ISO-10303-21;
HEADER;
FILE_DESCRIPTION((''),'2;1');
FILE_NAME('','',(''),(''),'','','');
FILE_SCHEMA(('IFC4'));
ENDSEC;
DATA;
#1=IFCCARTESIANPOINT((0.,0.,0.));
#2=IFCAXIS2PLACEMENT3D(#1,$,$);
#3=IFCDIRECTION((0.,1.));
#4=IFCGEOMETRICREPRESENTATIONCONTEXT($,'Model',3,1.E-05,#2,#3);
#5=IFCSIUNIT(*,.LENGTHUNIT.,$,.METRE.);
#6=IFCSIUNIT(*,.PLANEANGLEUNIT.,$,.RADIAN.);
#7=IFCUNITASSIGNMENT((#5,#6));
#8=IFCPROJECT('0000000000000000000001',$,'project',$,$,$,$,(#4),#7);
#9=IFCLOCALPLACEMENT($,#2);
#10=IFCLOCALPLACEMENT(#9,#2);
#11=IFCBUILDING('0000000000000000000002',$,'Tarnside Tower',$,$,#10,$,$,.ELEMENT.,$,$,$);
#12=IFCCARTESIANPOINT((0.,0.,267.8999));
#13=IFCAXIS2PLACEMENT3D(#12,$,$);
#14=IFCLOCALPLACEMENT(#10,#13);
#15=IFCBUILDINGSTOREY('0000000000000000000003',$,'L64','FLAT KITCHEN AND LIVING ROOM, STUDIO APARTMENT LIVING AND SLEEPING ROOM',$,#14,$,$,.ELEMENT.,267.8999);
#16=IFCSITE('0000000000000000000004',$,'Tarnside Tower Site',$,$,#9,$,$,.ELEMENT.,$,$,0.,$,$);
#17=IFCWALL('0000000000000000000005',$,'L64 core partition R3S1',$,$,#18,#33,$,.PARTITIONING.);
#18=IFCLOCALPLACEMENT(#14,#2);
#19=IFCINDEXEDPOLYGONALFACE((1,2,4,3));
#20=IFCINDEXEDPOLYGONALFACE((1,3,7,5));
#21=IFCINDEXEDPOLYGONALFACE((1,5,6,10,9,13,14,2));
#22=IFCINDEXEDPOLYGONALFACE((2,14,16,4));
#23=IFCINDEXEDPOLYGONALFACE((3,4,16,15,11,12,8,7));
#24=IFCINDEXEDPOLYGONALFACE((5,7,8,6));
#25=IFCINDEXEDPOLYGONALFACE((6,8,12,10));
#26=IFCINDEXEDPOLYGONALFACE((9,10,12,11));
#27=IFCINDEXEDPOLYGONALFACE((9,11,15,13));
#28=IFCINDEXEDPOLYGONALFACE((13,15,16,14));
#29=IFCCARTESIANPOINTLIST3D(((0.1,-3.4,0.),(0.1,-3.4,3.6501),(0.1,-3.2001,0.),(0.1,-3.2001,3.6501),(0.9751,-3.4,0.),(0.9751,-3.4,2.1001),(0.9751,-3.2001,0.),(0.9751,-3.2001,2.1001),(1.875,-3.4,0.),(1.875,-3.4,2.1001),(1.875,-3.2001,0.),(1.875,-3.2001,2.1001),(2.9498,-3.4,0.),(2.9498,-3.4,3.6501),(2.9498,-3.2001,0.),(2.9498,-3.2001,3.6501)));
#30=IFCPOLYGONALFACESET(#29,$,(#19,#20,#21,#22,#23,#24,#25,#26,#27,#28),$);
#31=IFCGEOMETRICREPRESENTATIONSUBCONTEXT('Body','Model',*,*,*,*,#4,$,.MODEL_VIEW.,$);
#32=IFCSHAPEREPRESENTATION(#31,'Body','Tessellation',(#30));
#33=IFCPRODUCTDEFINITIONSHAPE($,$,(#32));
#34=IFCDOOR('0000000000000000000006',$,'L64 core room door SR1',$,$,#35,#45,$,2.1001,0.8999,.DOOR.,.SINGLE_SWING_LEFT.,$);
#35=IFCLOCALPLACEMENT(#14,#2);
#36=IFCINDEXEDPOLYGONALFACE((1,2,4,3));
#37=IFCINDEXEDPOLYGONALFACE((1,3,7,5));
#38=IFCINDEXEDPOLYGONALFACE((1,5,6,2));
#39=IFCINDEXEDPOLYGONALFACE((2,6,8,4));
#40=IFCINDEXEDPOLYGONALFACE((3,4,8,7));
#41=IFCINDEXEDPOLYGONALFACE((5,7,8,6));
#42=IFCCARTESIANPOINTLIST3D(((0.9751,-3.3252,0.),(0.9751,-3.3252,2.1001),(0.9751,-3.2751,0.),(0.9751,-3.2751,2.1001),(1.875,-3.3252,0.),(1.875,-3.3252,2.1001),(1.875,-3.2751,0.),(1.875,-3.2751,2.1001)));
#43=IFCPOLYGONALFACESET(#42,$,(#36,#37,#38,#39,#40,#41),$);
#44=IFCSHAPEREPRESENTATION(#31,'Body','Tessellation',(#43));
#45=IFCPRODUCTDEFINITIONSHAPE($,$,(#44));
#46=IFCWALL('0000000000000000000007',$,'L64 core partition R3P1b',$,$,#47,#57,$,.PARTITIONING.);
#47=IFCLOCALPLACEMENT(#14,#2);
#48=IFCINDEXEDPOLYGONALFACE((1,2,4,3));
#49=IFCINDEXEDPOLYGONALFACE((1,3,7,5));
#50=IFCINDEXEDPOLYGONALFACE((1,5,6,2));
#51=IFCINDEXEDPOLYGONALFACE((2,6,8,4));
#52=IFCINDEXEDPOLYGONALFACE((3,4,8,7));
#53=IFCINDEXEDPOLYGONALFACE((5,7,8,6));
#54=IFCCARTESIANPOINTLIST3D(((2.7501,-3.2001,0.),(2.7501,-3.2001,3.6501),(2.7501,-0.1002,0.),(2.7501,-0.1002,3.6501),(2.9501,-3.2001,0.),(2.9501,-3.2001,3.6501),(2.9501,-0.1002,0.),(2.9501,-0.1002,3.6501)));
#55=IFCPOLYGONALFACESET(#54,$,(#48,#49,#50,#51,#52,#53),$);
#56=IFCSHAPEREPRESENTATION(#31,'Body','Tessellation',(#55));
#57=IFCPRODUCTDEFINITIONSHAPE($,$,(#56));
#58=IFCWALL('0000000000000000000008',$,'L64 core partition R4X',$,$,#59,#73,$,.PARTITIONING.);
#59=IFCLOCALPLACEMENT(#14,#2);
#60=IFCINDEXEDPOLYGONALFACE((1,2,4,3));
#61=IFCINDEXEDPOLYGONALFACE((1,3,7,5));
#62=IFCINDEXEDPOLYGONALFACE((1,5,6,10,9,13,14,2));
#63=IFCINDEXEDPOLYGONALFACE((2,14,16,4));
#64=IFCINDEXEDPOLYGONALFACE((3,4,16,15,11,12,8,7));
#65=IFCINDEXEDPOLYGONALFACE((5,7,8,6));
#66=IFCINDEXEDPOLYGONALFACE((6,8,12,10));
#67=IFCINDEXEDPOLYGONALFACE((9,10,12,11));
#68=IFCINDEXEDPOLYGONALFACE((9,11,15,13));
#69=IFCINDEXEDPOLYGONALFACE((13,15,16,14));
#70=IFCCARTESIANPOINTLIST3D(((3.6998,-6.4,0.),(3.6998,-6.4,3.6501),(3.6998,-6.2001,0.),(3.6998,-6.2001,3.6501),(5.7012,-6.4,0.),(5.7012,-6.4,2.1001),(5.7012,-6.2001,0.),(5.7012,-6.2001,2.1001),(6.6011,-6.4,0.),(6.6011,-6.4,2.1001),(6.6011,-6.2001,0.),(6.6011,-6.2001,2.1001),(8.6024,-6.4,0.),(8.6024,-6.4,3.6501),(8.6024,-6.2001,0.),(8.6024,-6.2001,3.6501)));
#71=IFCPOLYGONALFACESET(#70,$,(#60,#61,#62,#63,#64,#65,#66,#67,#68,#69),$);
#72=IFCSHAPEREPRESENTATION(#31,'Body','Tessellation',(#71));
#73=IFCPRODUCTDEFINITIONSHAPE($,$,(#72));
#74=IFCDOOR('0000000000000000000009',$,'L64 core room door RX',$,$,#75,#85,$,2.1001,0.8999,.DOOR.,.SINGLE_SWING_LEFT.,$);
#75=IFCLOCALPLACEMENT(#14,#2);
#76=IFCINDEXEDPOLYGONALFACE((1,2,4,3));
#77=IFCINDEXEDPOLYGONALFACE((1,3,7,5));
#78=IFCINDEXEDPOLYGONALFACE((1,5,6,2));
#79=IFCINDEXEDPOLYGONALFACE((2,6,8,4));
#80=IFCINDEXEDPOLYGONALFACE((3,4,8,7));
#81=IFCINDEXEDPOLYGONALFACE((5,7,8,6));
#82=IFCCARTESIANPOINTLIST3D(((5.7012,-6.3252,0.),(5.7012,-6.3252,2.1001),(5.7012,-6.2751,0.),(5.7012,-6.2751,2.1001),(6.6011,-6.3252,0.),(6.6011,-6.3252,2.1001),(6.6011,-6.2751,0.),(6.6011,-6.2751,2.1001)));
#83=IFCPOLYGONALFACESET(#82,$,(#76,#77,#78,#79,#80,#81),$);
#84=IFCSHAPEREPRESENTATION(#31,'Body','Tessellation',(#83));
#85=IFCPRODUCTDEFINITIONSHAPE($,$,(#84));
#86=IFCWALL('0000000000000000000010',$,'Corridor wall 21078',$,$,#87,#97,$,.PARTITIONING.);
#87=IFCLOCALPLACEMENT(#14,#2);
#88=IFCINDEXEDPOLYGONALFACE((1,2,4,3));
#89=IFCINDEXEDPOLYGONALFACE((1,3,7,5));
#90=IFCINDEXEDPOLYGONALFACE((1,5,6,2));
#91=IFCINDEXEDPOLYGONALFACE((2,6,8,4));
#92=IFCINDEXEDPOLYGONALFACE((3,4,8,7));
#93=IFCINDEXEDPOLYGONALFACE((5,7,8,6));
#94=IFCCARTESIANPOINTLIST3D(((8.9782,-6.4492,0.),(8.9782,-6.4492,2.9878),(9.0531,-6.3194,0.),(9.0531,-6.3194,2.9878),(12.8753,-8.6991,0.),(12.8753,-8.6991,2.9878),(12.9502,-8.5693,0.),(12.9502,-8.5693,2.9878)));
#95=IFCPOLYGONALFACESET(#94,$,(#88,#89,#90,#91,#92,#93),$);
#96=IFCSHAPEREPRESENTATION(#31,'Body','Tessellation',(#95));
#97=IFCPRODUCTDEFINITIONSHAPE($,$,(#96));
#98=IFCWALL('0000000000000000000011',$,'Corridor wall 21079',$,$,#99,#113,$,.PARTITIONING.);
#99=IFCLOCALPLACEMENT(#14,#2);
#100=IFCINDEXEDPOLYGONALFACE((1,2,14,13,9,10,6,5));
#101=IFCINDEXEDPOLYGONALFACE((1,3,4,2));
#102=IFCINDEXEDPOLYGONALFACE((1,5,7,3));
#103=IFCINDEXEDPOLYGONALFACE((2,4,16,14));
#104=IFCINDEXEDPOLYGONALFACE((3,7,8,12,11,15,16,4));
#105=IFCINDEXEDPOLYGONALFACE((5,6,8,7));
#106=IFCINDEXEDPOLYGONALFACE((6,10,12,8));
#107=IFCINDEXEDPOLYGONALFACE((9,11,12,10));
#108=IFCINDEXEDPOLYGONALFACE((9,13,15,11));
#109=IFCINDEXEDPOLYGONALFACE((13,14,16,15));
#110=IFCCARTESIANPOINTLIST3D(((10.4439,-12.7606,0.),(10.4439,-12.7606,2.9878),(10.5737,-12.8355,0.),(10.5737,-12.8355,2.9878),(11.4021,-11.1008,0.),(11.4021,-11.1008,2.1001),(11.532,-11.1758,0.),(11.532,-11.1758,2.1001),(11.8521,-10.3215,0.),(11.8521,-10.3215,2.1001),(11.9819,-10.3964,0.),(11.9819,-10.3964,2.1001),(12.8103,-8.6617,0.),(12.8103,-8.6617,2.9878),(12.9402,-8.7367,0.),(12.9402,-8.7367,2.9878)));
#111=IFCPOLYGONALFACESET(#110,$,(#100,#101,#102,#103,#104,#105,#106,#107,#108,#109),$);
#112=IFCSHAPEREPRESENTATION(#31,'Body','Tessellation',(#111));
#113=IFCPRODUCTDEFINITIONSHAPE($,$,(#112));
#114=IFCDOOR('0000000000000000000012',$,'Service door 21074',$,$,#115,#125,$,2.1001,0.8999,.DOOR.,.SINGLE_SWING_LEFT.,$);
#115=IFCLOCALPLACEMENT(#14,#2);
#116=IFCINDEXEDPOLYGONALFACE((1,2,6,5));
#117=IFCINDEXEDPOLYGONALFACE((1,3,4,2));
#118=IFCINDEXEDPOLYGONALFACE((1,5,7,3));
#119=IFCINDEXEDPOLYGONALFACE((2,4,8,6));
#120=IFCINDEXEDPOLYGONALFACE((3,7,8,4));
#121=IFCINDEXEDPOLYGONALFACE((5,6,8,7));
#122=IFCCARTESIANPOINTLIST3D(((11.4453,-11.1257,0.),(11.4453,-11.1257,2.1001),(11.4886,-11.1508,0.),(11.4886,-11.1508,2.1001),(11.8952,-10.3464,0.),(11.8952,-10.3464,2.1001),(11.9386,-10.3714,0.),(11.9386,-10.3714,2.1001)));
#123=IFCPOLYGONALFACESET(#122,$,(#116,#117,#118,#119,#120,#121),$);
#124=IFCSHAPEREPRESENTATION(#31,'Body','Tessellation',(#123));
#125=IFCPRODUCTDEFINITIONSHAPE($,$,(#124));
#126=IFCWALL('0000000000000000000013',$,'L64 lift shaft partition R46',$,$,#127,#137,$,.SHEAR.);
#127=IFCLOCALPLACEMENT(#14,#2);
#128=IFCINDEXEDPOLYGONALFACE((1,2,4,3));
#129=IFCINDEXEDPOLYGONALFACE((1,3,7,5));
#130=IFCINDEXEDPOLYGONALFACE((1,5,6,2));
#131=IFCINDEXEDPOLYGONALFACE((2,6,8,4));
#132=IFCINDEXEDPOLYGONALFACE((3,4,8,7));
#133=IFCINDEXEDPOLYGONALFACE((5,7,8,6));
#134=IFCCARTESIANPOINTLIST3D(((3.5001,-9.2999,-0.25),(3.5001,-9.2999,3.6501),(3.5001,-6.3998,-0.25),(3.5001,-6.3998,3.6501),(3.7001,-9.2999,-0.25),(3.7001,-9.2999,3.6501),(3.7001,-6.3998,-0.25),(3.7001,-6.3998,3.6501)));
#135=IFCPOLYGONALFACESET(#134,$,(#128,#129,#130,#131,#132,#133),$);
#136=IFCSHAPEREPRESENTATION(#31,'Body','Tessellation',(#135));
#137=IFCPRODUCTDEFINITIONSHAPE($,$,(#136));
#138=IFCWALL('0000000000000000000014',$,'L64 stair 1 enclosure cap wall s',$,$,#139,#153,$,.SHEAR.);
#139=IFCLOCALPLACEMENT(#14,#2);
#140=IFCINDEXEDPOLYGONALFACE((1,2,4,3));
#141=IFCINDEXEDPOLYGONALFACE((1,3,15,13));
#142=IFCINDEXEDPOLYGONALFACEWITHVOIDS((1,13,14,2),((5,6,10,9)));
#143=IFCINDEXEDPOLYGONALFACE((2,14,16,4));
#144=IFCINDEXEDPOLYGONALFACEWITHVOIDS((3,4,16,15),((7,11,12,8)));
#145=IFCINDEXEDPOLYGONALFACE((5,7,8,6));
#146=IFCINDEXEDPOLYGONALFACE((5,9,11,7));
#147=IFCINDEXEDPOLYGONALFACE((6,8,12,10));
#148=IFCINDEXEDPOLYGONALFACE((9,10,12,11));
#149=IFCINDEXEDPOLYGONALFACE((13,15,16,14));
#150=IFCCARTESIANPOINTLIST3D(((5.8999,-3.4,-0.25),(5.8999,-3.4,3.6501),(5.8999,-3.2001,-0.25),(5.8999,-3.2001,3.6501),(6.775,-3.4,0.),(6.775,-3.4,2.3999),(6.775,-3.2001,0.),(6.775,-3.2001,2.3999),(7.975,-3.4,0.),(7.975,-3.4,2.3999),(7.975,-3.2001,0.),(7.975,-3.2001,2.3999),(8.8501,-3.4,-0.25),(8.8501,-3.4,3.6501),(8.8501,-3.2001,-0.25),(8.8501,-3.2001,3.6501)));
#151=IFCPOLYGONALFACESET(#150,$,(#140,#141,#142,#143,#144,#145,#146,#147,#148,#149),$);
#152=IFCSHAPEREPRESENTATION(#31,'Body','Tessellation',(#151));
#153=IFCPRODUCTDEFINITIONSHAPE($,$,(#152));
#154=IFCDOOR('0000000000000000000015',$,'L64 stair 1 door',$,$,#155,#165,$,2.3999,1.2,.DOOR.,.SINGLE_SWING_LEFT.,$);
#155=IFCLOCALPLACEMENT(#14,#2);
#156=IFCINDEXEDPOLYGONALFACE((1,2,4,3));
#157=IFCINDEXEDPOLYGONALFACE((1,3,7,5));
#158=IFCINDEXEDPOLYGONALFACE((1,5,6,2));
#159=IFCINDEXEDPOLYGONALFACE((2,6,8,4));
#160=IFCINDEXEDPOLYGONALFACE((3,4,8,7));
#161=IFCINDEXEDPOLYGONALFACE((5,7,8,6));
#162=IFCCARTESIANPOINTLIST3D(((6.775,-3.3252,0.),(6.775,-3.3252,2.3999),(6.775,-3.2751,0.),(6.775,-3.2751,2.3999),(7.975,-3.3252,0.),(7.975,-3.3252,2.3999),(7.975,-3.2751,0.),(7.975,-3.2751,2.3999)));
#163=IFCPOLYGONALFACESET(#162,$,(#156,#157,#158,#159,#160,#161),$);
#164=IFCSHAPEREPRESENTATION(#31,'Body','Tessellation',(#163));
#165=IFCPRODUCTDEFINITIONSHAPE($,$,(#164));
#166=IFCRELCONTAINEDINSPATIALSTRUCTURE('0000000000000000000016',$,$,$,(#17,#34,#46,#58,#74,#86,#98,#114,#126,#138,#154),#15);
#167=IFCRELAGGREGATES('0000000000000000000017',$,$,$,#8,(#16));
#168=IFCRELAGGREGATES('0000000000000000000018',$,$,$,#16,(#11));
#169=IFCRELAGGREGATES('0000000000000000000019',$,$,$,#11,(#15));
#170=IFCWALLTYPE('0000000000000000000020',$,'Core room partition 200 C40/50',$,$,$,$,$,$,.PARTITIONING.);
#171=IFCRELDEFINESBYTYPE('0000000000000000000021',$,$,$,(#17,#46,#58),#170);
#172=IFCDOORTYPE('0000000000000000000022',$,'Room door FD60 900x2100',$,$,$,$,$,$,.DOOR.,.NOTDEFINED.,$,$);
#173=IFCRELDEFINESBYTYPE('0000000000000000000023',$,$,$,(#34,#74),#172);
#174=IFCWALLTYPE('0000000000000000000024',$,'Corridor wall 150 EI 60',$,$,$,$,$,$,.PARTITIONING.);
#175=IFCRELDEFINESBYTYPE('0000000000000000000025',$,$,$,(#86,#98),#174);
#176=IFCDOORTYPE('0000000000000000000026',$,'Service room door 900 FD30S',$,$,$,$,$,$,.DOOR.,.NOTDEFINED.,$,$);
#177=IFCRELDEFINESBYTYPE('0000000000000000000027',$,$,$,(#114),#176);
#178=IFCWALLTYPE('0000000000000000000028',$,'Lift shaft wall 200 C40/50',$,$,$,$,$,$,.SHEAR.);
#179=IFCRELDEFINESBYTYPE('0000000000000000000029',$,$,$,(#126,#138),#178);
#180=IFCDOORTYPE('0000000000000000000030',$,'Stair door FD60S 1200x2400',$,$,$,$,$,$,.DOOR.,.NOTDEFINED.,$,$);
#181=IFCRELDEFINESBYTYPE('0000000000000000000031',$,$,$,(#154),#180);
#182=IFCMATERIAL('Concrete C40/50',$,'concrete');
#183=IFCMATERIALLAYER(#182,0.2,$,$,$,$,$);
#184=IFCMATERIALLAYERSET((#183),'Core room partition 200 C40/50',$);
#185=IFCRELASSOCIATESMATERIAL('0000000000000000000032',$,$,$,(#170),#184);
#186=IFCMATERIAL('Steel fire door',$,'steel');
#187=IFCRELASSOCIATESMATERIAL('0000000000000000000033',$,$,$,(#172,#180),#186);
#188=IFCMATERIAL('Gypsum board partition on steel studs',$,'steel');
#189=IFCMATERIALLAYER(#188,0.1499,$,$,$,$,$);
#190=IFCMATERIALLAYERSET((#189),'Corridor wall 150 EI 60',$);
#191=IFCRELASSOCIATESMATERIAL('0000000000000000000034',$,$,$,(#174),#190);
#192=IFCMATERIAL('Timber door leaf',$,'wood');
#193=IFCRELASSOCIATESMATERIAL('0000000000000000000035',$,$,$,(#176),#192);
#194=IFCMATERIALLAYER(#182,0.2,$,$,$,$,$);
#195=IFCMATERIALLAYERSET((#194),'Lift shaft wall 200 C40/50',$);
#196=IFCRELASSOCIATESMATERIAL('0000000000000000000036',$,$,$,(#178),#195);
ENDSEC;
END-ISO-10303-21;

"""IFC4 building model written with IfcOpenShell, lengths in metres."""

from ifc_helpers import new_model, si_unit, direction, frame, frame_2d, origin, place, context, subcontext, project, spatial, rectangle, extrude, material, layer, layer_set, type_object, element, fill, save


model = new_model("IFC4")

# Units and contexts
model_context = context("Model", 3, precision=1e-05, world=origin(), true_north=direction((0.0, 1.0)))
body_context = subcontext(model_context, "Body", "Model", "MODEL_VIEW")
ifc_project = project(units=[si_unit("LENGTHUNIT", "METRE"), si_unit("PLANEANGLEUNIT", "RADIAN")], contexts=[model_context])

# Site, building, storey
site_placement = place(None, origin())
site = spatial("IfcSite", under=ifc_project, at=site_placement, Name="Tarnside Tower Site", CompositionType="ELEMENT", RefElevation=0.0)
building_placement = place(site_placement, origin())
building = spatial("IfcBuilding", under=site, at=building_placement, Name="Tarnside Tower", CompositionType="ELEMENT")
storey_placement = place(building_placement, frame((0.0, 0.0, 267.8999)))
storey = spatial("IfcBuildingStorey", under=building, at=storey_placement, Name="L64", Description="FLAT KITCHEN AND LIVING ROOM, STUDIO APARTMENT LIVING AND SLEEPING ROOM", CompositionType="ELEMENT", Elevation=267.8999)

# Wall, opening, door
ifc_material_1 = material(Name="Concrete C40/50", Category="concrete")
ifc_layer_1 = layer(ifc_material_1, 0.2)
ifc_layer_set_1 = layer_set([ifc_layer_1], Name="Core room partition 200 C40/50")
wall_type_1 = type_object("IfcWallType", Name="Core room partition 200 C40/50", PredefinedType="PARTITIONING", material=ifc_layer_set_1)
wall_1_placement = place(storey_placement, frame((0.1001, -3.3, 0.0), z_axis=(0.0, 0.0, 1.0), x_axis=(1.0, 0.0, 0.0)))
wall_1 = element("IfcWall", 1, at=wall_1_placement, inside=storey, type_object=wall_type_1, Name="L64 core partition R3S1", PredefinedType="PARTITIONING", context=body_context, shape_type="SweptSolid", body=[
    extrude(rectangle(XDim=2.8499, YDim=0.2, at=frame_2d((1.4248, 0.0))), origin(), (0.0, 0.0, 1.0), 3.6501),
])
opening_1_placement = place(wall_1_placement, frame((0.875, 0.0, 0.0)))
opening_1 = element("IfcOpeningElement", 2, at=opening_1_placement, cuts=wall_1, PredefinedType="OPENING", context=body_context, shape_type="SweptSolid", body=[
    extrude(rectangle(XDim=0.8999, YDim=2.1001, at=frame_2d((0.45, 1.05))), frame((0.0, 0.1099, 0.0), z_axis=(0.0, -1.0, 0.0), x_axis=(1.0, 0.0, 0.0)), (0.0, 0.0, 1.0), 0.22),
])
ifc_material_2 = material(Name="Steel fire door", Category="steel")
door_type_1 = type_object("IfcDoorType", Name="Room door FD60 900x2100", OperationType="NOTDEFINED", PredefinedType="DOOR", material=ifc_material_2)
door_1_placement = place(opening_1_placement, origin())
door_1 = element("IfcDoor", 3, at=door_1_placement, inside=storey, type_object=door_type_1, Name="L64 core room door SR1", OperationType="SINGLE_SWING_LEFT", OverallHeight=2.1001, OverallWidth=0.8999, PredefinedType="DOOR", context=body_context, shape_type="SweptSolid", body=[
    extrude(rectangle(XDim=0.8999, YDim=2.1001, at=frame_2d((0.45, 1.05))), frame((0.0, 0.0249, 0.0), z_axis=(0.0, -1.0, 0.0), x_axis=(1.0, 0.0, 0.0)), (0.0, 0.0, 1.0), 0.05),
])
fill(opening_1, door_1)

# Wall
wall_2_placement = place(storey_placement, frame((2.8501, -3.2, 0.0), z_axis=(0.0, 0.0, 1.0), x_axis=(0.0, 1.0, 0.0)))
element("IfcWall", 4, at=wall_2_placement, inside=storey, type_object=wall_type_1, Name="L64 core partition R3P1b", PredefinedType="PARTITIONING", context=body_context, shape_type="SweptSolid", body=[
    extrude(rectangle(XDim=3.0999, YDim=0.2, at=frame_2d((1.5498, 0.0))), origin(), (0.0, 0.0, 1.0), 3.6501),
])

# Wall, opening, door
wall_3_placement = place(storey_placement, frame((3.7, -6.3, 0.0), z_axis=(0.0, 0.0, 1.0), x_axis=(1.0, 0.0, 0.0)))
wall_3 = element("IfcWall", 5, at=wall_3_placement, inside=storey, type_object=wall_type_1, Name="L64 core partition R4X", PredefinedType="PARTITIONING", context=body_context, shape_type="SweptSolid", body=[
    extrude(rectangle(XDim=4.9026, YDim=0.2, at=frame_2d((2.4512, 0.0))), origin(), (0.0, 0.0, 1.0), 3.6501),
])
opening_2_placement = place(wall_3_placement, frame((2.0012, 0.0, 0.0)))
opening_2 = element("IfcOpeningElement", 6, at=opening_2_placement, cuts=wall_3, PredefinedType="OPENING", context=body_context, shape_type="SweptSolid", body=[
    extrude(rectangle(XDim=0.8999, YDim=2.1001, at=frame_2d((0.45, 1.05))), frame((0.0, 0.1099, 0.0), z_axis=(0.0, -1.0, 0.0), x_axis=(1.0, 0.0, 0.0)), (0.0, 0.0, 1.0), 0.22),
])
door_2_placement = place(opening_2_placement, origin())
door_2 = element("IfcDoor", 7, at=door_2_placement, inside=storey, type_object=door_type_1, Name="L64 core room door RX", OperationType="SINGLE_SWING_LEFT", OverallHeight=2.1001, OverallWidth=0.8999, PredefinedType="DOOR", context=body_context, shape_type="SweptSolid", body=[
    extrude(rectangle(XDim=0.8999, YDim=2.1001, at=frame_2d((0.45, 1.05))), frame((0.0, 0.0249, 0.0), z_axis=(0.0, -1.0, 0.0), x_axis=(1.0, 0.0, 0.0)), (0.0, 0.0, 1.0), 0.05),
])
fill(opening_2, door_2)

# Wall
ifc_material_3 = material(Name="Gypsum board partition on steel studs", Category="steel")
ifc_layer_2 = layer(ifc_material_3, 0.1499)
ifc_layer_set_2 = layer_set([ifc_layer_2], Name="Corridor wall 150 EI 60")
wall_type_2 = type_object("IfcWallType", Name="Corridor wall 150 EI 60", PredefinedType="PARTITIONING", material=ifc_layer_set_2)
wall_4_placement = place(storey_placement, frame((9.0156, -6.3843, 0.0), z_axis=(0.0, 0.0, 1.0), x_axis=(0.866031, -0.49999, 0.0)))
element("IfcWall", 8, at=wall_4_placement, inside=storey, type_object=wall_type_2, Name="Corridor wall 21078", PredefinedType="PARTITIONING", context=body_context, shape_type="SweptSolid", body=[
    extrude(rectangle(XDim=4.5, YDim=0.1499, at=frame_2d((2.25, 0.0))), origin(), (0.0, 0.0, 1.0), 2.9878),
])

# Wall, opening, door
wall_5_placement = place(storey_placement, frame((12.8752, -8.6992, 0.0), z_axis=(0.0, 0.0, 1.0), x_axis=(-0.499995, -0.866028, 0.0)))
wall_5 = element("IfcWall", 9, at=wall_5_placement, inside=storey, type_object=wall_type_2, Name="Corridor wall 21079", PredefinedType="PARTITIONING", context=body_context, shape_type="SweptSolid", body=[
    extrude(rectangle(XDim=4.7329, YDim=0.1499, at=frame_2d((2.3665, 0.0))), origin(), (0.0, 0.0, 1.0), 2.9878),
])
opening_3_placement = place(wall_5_placement, frame((1.9165, 0.0, 0.0)))
opening_3 = element("IfcOpeningElement", 10, at=opening_3_placement, cuts=wall_5, PredefinedType="OPENING", context=body_context, shape_type="SweptSolid", body=[
    extrude(rectangle(XDim=0.8999, YDim=2.1001, at=frame_2d((0.45, 1.05))), frame((0.0, 0.085, 0.0), z_axis=(0.0, -1.0, 0.0), x_axis=(1.0, 0.0, 0.0)), (0.0, 0.0, 1.0), 0.1699),
])
ifc_material_4 = material(Name="Timber door leaf", Category="wood")
door_type_2 = type_object("IfcDoorType", Name="Service room door 900 FD30S", OperationType="NOTDEFINED", PredefinedType="DOOR", material=ifc_material_4)
door_3_placement = place(opening_3_placement, origin())
door_3 = element("IfcDoor", 11, at=door_3_placement, inside=storey, type_object=door_type_2, Name="Service door 21074", OperationType="SINGLE_SWING_LEFT", OverallHeight=2.1001, OverallWidth=0.8999, PredefinedType="DOOR", context=body_context, shape_type="SweptSolid", body=[
    extrude(rectangle(XDim=0.8999, YDim=2.1001, at=frame_2d((0.45, 1.05))), frame((0.0, 0.0249, 0.0), z_axis=(0.0, -1.0, 0.0), x_axis=(1.0, 0.0, 0.0)), (0.0, 0.0, 1.0), 0.05),
])
fill(opening_3, door_3)

# Wall
ifc_layer_3 = layer(ifc_material_1, 0.2)
ifc_layer_set_3 = layer_set([ifc_layer_3], Name="Lift shaft wall 200 C40/50")
wall_type_3 = type_object("IfcWallType", Name="Lift shaft wall 200 C40/50", PredefinedType="SHEAR", material=ifc_layer_set_3)
wall_6_placement = place(storey_placement, frame((3.6001, -9.3, -0.25), z_axis=(0.0, 0.0, 1.0), x_axis=(0.0, 1.0, 0.0)))
element("IfcWall", 12, at=wall_6_placement, inside=storey, type_object=wall_type_3, Name="L64 lift shaft partition R46", PredefinedType="SHEAR", context=body_context, shape_type="SweptSolid", body=[
    extrude(rectangle(XDim=2.9001, YDim=0.2, at=frame_2d((1.4502, 0.0))), origin(), (0.0, 0.0, 1.0), 3.9001),
])

# Wall, opening, door
wall_7_placement = place(storey_placement, frame((5.8999, -3.3, -0.25), z_axis=(0.0, 0.0, 1.0), x_axis=(1.0, 0.0, 0.0)))
wall_7 = element("IfcWall", 13, at=wall_7_placement, inside=storey, type_object=wall_type_3, Name="L64 stair 1 enclosure cap wall s", PredefinedType="SHEAR", context=body_context, shape_type="SweptSolid", body=[
    extrude(rectangle(XDim=2.9502, YDim=0.2, at=frame_2d((1.4751, 0.0))), origin(), (0.0, 0.0, 1.0), 3.9001),
])
opening_4_placement = place(wall_7_placement, frame((0.875, 0.0, 0.25)))
opening_4 = element("IfcOpeningElement", 14, at=opening_4_placement, cuts=wall_7, PredefinedType="OPENING", context=body_context, shape_type="SweptSolid", body=[
    extrude(rectangle(XDim=1.2, YDim=2.3999, at=frame_2d((0.6001, 1.2))), frame((0.0, 0.1099, 0.0), z_axis=(0.0, -1.0, 0.0), x_axis=(1.0, 0.0, 0.0)), (0.0, 0.0, 1.0), 0.22),
])
door_type_3 = type_object("IfcDoorType", Name="Stair door FD60S 1200x2400", OperationType="NOTDEFINED", PredefinedType="DOOR", material=ifc_material_2)
door_4_placement = place(opening_4_placement, origin())
door_4 = element("IfcDoor", 15, at=door_4_placement, inside=storey, type_object=door_type_3, Name="L64 stair 1 door", OperationType="SINGLE_SWING_LEFT", OverallHeight=2.3999, OverallWidth=1.2, PredefinedType="DOOR", context=body_context, shape_type="SweptSolid", body=[
    extrude(rectangle(XDim=1.2, YDim=2.3999, at=frame_2d((0.6001, 1.2))), frame((0.0, 0.0249, 0.0), z_axis=(0.0, -1.0, 0.0), x_axis=(1.0, 0.0, 0.0)), (0.0, 0.0, 1.0), 0.05),
])
fill(opening_4, door_4)

save(model, "model.ifc")
